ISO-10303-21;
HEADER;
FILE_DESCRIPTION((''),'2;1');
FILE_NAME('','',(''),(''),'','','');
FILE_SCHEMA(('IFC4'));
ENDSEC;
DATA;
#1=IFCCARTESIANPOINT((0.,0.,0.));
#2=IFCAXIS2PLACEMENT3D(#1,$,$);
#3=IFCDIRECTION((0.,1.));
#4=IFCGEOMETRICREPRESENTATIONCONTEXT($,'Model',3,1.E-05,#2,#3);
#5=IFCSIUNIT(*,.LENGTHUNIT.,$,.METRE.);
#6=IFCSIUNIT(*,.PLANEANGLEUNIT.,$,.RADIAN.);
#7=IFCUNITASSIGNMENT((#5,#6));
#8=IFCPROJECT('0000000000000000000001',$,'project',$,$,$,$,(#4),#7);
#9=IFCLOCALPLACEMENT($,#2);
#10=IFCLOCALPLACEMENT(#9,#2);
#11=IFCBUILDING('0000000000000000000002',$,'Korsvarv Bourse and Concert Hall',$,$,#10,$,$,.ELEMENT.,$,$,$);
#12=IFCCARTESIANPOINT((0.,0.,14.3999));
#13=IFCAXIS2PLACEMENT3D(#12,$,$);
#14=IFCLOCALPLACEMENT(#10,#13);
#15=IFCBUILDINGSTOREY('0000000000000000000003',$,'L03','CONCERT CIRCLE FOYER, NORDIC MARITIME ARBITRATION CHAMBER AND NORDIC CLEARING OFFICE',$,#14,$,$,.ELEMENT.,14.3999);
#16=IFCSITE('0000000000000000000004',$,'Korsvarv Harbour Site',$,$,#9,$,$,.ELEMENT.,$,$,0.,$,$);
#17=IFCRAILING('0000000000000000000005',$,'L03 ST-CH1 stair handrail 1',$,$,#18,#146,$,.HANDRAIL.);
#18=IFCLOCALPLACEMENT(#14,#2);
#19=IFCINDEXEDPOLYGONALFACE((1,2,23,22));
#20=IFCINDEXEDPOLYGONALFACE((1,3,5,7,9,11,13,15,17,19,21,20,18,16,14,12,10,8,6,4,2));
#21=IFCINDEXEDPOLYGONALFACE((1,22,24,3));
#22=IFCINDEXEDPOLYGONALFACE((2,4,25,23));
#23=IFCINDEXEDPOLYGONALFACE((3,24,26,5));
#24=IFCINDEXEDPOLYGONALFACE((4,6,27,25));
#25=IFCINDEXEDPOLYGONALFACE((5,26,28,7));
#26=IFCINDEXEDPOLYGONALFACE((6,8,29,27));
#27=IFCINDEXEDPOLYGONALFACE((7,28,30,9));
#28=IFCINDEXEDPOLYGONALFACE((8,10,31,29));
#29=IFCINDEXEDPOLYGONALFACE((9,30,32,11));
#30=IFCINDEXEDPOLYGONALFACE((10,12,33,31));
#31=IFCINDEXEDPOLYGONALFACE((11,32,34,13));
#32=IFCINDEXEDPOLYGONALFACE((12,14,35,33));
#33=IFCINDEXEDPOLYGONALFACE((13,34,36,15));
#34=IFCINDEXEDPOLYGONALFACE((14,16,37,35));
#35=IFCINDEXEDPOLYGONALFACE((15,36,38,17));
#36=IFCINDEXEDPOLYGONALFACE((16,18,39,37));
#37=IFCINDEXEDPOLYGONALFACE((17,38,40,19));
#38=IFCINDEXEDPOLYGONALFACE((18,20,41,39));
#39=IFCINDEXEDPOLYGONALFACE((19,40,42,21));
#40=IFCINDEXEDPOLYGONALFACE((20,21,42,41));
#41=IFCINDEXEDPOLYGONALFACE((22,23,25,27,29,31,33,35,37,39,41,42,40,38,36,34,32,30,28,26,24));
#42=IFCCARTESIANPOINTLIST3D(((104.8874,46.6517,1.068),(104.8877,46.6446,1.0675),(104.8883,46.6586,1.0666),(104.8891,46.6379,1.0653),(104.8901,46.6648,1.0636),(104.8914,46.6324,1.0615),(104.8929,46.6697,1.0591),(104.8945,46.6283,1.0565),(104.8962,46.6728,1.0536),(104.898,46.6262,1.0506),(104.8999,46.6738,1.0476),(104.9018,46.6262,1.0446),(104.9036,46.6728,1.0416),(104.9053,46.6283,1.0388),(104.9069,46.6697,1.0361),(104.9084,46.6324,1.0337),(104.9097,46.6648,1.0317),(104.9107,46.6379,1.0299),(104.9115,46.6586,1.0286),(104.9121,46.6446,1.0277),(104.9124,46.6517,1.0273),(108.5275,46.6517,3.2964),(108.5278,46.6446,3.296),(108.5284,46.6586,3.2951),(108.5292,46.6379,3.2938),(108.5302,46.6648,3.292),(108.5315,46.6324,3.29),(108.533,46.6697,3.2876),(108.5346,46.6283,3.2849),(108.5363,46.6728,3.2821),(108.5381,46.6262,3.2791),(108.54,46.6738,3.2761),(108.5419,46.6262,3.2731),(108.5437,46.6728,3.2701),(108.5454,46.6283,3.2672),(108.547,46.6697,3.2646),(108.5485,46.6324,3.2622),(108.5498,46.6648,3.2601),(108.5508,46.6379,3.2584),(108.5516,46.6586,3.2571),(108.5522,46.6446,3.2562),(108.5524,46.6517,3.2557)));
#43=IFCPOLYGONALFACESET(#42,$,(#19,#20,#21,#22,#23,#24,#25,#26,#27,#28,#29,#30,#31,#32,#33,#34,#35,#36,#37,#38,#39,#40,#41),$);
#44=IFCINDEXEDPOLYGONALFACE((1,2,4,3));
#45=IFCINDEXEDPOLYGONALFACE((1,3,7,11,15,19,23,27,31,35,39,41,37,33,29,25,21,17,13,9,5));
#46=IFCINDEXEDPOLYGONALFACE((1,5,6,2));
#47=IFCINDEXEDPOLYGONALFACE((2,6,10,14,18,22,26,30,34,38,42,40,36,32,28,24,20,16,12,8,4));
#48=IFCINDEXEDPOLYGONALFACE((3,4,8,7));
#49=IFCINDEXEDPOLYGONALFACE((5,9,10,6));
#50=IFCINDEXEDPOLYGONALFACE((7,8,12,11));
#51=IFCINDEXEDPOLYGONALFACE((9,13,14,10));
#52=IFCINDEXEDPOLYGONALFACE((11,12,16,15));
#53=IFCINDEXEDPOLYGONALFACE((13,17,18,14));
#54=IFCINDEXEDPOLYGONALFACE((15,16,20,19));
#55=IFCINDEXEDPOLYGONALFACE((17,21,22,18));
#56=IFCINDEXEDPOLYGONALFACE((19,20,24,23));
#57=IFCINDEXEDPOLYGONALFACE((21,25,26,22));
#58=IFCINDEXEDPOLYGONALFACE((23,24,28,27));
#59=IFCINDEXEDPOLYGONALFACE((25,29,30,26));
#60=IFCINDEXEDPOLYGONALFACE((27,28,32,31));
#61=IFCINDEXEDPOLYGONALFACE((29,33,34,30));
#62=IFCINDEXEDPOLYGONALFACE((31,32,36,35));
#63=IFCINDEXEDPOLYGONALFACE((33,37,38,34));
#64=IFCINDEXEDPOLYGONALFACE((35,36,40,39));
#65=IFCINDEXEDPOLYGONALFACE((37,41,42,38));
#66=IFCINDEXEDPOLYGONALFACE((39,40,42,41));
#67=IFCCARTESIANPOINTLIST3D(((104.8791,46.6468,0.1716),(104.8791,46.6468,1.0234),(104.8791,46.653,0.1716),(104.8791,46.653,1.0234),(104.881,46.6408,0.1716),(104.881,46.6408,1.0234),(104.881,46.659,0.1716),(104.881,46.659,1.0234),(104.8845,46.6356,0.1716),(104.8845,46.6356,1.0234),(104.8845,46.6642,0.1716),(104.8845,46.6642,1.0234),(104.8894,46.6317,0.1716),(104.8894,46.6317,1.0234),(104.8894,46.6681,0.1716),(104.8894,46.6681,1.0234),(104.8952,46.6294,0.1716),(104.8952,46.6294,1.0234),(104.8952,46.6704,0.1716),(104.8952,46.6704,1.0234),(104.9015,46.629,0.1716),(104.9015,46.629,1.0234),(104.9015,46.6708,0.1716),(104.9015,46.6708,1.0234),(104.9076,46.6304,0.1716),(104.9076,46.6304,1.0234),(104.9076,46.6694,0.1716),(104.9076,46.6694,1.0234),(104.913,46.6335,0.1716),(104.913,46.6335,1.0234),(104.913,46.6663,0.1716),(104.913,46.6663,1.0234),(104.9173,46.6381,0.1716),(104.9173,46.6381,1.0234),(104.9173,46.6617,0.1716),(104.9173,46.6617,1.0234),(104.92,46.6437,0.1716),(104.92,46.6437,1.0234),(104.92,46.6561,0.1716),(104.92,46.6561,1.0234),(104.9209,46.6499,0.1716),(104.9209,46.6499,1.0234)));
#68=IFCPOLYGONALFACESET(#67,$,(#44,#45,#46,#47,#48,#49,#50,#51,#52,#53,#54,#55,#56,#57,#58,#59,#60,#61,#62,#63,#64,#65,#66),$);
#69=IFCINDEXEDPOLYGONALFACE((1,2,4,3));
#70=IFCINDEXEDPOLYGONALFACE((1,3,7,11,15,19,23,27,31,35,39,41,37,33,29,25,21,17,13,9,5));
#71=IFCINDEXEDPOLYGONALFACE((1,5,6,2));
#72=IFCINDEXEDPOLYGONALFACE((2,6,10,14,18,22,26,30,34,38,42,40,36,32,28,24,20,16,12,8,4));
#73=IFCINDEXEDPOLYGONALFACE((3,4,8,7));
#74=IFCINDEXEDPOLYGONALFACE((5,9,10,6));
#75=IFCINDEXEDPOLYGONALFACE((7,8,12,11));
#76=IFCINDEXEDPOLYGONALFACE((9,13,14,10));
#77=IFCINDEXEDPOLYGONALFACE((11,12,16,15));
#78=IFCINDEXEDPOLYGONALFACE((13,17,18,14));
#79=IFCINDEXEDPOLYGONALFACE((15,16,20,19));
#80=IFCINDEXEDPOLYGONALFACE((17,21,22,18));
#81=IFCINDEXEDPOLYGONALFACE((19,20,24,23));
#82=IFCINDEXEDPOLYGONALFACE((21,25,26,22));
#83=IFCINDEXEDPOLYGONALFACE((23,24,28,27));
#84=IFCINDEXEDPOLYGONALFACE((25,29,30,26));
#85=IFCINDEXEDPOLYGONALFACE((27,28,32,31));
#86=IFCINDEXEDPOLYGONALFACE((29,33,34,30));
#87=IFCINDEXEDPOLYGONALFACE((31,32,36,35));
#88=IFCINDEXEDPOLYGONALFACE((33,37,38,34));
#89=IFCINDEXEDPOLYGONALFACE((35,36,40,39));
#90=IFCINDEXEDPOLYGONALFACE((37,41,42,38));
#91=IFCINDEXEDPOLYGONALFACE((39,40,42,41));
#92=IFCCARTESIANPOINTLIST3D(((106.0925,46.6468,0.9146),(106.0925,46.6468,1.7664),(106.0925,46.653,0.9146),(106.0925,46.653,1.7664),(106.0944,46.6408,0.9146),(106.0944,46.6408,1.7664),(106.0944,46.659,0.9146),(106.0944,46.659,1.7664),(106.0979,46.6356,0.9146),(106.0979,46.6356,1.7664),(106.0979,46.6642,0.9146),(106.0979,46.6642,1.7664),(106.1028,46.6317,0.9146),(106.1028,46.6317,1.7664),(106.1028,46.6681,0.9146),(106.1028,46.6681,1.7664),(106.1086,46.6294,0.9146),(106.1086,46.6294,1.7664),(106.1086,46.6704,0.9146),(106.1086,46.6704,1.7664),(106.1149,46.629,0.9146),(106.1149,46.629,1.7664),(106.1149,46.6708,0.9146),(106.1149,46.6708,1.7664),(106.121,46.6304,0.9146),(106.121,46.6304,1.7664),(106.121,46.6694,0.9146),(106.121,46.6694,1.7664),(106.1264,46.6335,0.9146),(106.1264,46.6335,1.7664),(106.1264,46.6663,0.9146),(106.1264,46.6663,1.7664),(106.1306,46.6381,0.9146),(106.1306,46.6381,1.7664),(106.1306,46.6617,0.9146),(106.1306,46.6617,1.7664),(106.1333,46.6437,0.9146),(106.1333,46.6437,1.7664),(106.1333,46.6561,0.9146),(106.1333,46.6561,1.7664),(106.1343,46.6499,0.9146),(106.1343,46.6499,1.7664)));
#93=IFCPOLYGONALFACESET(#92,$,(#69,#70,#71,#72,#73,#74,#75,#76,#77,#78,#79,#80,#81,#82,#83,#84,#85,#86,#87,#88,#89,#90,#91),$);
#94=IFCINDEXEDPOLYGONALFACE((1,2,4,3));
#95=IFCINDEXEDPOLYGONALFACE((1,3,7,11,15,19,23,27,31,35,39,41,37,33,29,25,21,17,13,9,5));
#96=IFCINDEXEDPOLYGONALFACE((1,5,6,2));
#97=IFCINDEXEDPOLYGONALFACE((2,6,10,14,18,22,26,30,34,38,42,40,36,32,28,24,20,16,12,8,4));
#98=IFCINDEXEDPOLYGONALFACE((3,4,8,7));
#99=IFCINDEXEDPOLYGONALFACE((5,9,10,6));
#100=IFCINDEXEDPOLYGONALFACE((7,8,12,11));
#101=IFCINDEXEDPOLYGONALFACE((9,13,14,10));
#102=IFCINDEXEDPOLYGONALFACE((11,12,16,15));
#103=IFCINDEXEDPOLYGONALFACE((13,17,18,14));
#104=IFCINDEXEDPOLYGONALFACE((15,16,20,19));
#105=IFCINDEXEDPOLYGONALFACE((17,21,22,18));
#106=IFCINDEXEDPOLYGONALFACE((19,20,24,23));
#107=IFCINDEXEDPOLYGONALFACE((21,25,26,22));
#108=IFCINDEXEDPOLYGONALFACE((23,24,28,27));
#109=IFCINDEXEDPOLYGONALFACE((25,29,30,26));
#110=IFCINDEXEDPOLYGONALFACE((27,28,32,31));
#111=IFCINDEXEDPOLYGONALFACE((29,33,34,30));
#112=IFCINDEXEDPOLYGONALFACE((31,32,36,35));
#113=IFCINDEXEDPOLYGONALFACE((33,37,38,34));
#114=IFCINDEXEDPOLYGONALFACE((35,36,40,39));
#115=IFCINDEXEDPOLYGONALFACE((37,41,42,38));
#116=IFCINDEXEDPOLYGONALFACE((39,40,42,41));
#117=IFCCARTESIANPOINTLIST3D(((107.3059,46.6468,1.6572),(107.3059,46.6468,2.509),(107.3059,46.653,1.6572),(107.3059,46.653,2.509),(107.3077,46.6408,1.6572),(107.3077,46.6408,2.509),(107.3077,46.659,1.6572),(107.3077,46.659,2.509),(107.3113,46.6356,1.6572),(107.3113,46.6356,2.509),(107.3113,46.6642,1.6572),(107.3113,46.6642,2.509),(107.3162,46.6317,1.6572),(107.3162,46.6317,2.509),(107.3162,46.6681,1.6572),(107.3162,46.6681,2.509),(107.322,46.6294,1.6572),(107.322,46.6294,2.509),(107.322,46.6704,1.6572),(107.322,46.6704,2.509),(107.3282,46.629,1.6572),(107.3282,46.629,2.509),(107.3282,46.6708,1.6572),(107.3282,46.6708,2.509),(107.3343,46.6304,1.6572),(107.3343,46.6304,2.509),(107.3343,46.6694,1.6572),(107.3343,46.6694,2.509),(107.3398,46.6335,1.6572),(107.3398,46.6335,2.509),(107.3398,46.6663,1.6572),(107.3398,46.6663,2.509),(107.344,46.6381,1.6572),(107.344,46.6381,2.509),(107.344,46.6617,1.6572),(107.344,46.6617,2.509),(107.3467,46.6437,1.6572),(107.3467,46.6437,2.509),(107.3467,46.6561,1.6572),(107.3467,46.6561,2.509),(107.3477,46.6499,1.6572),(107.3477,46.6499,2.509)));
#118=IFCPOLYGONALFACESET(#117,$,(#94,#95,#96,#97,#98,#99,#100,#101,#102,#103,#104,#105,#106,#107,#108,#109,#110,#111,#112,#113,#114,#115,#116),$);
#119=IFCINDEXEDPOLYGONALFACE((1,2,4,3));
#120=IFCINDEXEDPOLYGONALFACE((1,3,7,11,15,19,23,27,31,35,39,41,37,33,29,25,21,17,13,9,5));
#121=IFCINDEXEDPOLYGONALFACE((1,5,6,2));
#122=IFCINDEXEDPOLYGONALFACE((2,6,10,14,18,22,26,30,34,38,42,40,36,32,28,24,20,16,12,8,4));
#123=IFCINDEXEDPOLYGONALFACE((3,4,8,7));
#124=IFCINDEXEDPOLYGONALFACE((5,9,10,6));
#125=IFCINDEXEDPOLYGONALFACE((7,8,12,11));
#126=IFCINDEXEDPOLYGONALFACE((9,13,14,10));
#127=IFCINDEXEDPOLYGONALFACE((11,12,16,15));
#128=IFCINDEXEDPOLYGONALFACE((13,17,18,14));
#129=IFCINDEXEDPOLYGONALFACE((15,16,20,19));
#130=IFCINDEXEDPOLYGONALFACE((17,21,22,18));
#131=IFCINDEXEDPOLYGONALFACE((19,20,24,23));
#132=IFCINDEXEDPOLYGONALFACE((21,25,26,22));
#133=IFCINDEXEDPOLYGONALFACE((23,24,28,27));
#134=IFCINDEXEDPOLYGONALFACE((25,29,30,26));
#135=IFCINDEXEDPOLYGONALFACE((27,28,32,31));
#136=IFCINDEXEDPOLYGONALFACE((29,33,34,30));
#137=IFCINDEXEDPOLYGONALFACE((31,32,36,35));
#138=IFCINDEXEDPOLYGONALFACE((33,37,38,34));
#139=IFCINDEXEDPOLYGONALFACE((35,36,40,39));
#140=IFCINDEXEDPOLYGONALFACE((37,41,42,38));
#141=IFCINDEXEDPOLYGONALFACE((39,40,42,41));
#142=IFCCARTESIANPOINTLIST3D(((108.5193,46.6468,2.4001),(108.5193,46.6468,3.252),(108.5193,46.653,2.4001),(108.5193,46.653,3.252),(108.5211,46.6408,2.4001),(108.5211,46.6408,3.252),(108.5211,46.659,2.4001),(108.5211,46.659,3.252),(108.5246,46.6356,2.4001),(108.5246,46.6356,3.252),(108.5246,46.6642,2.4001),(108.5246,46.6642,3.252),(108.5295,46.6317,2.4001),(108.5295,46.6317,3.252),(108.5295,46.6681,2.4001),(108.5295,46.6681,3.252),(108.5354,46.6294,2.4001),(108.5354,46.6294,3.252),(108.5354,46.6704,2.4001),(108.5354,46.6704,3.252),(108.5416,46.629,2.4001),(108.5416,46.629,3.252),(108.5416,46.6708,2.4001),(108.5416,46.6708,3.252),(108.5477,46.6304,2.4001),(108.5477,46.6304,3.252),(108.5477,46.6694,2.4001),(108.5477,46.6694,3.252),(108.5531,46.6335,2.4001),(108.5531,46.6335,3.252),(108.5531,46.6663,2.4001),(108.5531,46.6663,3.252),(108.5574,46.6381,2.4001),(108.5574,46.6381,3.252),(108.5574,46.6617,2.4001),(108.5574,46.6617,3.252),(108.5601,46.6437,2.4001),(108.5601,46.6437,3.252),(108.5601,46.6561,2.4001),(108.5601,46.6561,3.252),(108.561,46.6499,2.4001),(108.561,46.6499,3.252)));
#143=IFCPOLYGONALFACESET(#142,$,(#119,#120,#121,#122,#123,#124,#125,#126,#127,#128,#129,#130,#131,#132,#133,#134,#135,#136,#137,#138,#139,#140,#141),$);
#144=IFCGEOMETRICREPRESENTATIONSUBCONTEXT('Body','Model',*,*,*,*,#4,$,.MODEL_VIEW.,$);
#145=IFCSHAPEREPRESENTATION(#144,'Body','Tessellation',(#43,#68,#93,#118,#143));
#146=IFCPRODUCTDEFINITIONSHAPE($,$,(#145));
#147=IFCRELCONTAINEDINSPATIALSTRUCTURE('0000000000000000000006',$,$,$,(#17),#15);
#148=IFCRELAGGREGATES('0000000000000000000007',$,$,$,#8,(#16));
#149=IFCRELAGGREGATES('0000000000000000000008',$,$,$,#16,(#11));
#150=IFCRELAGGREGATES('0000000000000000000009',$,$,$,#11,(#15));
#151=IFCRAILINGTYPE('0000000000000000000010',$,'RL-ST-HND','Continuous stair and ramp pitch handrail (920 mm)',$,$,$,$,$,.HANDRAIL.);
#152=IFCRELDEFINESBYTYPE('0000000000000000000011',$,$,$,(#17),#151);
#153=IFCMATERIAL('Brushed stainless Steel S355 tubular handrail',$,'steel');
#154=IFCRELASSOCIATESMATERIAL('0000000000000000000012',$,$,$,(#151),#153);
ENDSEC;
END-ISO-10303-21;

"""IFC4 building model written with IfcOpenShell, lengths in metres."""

from ifc_helpers import new_model, si_unit, direction, frame, origin, origin_2d, place, context, subcontext, project, spatial, circle, extrude, material, type_object, element, save


model = new_model("IFC4")

# Units and contexts
model_context = context("Model", 3, precision=1e-05, world=origin(), true_north=direction((0.0, 1.0)))
body_context = subcontext(model_context, "Body", "Model", "MODEL_VIEW")
ifc_project = project(units=[si_unit("LENGTHUNIT", "METRE"), si_unit("PLANEANGLEUNIT", "RADIAN")], contexts=[model_context])

# Site, building, storey
site_placement = place(None, origin())
site = spatial("IfcSite", under=ifc_project, at=site_placement, Name="Korsvarv Harbour Site", CompositionType="ELEMENT", RefElevation=0.0)
building_placement = place(site_placement, origin())
building = spatial("IfcBuilding", under=site, at=building_placement, Name="Korsvarv Bourse and Concert Hall", CompositionType="ELEMENT")
storey_placement = place(building_placement, frame((0.0, 0.0, 14.3999)))
storey = spatial("IfcBuildingStorey", under=building, at=storey_placement, Name="L03", Description="CONCERT CIRCLE FOYER, NORDIC MARITIME ARBITRATION CHAMBER AND NORDIC CLEARING OFFICE", CompositionType="ELEMENT", Elevation=14.3999)

# Railing
ifc_material_1 = material(Name="Brushed stainless Steel S355 tubular handrail", Category="steel")
railing_type_1 = type_object("IfcRailingType", Name="RL-ST-HND", Description="Continuous stair and ramp pitch handrail (920 mm)", PredefinedType="HANDRAIL", material=ifc_material_1)
railing_1_placement = place(storey_placement, frame((104.8999, 46.6499, 0.1716)))
element("IfcRailing", 1, at=railing_1_placement, inside=storey, type_object=railing_type_1, Name="L03 ST-CH1 stair handrail 1", PredefinedType="HANDRAIL", context=body_context, shape_type="SweptSolid", body=[
    extrude(circle(Radius=0.0239, at=origin_2d()), frame((0.0, 0.0, 0.876), z_axis=(0.852866, 0.0, 0.52213), x_axis=(0.0, 1.0, 0.0)), (0.0, 0.0, 1.0), 4.2681),
    extrude(circle(Radius=0.021, at=origin_2d()), origin(), (0.0, 0.0, 1.0), 0.8518),
    extrude(circle(Radius=0.021, at=origin_2d()), frame((1.2134, 0.0, 0.7429)), (0.0, 0.0, 1.0), 0.8518),
    extrude(circle(Radius=0.021, at=origin_2d()), frame((2.4268, 0.0, 1.4856)), (0.0, 0.0, 1.0), 0.8518),
    extrude(circle(Radius=0.021, at=origin_2d()), frame((3.6401, 0.0, 2.2285)), (0.0, 0.0, 1.0), 0.8518),
])

save(model, "model.ifc")
